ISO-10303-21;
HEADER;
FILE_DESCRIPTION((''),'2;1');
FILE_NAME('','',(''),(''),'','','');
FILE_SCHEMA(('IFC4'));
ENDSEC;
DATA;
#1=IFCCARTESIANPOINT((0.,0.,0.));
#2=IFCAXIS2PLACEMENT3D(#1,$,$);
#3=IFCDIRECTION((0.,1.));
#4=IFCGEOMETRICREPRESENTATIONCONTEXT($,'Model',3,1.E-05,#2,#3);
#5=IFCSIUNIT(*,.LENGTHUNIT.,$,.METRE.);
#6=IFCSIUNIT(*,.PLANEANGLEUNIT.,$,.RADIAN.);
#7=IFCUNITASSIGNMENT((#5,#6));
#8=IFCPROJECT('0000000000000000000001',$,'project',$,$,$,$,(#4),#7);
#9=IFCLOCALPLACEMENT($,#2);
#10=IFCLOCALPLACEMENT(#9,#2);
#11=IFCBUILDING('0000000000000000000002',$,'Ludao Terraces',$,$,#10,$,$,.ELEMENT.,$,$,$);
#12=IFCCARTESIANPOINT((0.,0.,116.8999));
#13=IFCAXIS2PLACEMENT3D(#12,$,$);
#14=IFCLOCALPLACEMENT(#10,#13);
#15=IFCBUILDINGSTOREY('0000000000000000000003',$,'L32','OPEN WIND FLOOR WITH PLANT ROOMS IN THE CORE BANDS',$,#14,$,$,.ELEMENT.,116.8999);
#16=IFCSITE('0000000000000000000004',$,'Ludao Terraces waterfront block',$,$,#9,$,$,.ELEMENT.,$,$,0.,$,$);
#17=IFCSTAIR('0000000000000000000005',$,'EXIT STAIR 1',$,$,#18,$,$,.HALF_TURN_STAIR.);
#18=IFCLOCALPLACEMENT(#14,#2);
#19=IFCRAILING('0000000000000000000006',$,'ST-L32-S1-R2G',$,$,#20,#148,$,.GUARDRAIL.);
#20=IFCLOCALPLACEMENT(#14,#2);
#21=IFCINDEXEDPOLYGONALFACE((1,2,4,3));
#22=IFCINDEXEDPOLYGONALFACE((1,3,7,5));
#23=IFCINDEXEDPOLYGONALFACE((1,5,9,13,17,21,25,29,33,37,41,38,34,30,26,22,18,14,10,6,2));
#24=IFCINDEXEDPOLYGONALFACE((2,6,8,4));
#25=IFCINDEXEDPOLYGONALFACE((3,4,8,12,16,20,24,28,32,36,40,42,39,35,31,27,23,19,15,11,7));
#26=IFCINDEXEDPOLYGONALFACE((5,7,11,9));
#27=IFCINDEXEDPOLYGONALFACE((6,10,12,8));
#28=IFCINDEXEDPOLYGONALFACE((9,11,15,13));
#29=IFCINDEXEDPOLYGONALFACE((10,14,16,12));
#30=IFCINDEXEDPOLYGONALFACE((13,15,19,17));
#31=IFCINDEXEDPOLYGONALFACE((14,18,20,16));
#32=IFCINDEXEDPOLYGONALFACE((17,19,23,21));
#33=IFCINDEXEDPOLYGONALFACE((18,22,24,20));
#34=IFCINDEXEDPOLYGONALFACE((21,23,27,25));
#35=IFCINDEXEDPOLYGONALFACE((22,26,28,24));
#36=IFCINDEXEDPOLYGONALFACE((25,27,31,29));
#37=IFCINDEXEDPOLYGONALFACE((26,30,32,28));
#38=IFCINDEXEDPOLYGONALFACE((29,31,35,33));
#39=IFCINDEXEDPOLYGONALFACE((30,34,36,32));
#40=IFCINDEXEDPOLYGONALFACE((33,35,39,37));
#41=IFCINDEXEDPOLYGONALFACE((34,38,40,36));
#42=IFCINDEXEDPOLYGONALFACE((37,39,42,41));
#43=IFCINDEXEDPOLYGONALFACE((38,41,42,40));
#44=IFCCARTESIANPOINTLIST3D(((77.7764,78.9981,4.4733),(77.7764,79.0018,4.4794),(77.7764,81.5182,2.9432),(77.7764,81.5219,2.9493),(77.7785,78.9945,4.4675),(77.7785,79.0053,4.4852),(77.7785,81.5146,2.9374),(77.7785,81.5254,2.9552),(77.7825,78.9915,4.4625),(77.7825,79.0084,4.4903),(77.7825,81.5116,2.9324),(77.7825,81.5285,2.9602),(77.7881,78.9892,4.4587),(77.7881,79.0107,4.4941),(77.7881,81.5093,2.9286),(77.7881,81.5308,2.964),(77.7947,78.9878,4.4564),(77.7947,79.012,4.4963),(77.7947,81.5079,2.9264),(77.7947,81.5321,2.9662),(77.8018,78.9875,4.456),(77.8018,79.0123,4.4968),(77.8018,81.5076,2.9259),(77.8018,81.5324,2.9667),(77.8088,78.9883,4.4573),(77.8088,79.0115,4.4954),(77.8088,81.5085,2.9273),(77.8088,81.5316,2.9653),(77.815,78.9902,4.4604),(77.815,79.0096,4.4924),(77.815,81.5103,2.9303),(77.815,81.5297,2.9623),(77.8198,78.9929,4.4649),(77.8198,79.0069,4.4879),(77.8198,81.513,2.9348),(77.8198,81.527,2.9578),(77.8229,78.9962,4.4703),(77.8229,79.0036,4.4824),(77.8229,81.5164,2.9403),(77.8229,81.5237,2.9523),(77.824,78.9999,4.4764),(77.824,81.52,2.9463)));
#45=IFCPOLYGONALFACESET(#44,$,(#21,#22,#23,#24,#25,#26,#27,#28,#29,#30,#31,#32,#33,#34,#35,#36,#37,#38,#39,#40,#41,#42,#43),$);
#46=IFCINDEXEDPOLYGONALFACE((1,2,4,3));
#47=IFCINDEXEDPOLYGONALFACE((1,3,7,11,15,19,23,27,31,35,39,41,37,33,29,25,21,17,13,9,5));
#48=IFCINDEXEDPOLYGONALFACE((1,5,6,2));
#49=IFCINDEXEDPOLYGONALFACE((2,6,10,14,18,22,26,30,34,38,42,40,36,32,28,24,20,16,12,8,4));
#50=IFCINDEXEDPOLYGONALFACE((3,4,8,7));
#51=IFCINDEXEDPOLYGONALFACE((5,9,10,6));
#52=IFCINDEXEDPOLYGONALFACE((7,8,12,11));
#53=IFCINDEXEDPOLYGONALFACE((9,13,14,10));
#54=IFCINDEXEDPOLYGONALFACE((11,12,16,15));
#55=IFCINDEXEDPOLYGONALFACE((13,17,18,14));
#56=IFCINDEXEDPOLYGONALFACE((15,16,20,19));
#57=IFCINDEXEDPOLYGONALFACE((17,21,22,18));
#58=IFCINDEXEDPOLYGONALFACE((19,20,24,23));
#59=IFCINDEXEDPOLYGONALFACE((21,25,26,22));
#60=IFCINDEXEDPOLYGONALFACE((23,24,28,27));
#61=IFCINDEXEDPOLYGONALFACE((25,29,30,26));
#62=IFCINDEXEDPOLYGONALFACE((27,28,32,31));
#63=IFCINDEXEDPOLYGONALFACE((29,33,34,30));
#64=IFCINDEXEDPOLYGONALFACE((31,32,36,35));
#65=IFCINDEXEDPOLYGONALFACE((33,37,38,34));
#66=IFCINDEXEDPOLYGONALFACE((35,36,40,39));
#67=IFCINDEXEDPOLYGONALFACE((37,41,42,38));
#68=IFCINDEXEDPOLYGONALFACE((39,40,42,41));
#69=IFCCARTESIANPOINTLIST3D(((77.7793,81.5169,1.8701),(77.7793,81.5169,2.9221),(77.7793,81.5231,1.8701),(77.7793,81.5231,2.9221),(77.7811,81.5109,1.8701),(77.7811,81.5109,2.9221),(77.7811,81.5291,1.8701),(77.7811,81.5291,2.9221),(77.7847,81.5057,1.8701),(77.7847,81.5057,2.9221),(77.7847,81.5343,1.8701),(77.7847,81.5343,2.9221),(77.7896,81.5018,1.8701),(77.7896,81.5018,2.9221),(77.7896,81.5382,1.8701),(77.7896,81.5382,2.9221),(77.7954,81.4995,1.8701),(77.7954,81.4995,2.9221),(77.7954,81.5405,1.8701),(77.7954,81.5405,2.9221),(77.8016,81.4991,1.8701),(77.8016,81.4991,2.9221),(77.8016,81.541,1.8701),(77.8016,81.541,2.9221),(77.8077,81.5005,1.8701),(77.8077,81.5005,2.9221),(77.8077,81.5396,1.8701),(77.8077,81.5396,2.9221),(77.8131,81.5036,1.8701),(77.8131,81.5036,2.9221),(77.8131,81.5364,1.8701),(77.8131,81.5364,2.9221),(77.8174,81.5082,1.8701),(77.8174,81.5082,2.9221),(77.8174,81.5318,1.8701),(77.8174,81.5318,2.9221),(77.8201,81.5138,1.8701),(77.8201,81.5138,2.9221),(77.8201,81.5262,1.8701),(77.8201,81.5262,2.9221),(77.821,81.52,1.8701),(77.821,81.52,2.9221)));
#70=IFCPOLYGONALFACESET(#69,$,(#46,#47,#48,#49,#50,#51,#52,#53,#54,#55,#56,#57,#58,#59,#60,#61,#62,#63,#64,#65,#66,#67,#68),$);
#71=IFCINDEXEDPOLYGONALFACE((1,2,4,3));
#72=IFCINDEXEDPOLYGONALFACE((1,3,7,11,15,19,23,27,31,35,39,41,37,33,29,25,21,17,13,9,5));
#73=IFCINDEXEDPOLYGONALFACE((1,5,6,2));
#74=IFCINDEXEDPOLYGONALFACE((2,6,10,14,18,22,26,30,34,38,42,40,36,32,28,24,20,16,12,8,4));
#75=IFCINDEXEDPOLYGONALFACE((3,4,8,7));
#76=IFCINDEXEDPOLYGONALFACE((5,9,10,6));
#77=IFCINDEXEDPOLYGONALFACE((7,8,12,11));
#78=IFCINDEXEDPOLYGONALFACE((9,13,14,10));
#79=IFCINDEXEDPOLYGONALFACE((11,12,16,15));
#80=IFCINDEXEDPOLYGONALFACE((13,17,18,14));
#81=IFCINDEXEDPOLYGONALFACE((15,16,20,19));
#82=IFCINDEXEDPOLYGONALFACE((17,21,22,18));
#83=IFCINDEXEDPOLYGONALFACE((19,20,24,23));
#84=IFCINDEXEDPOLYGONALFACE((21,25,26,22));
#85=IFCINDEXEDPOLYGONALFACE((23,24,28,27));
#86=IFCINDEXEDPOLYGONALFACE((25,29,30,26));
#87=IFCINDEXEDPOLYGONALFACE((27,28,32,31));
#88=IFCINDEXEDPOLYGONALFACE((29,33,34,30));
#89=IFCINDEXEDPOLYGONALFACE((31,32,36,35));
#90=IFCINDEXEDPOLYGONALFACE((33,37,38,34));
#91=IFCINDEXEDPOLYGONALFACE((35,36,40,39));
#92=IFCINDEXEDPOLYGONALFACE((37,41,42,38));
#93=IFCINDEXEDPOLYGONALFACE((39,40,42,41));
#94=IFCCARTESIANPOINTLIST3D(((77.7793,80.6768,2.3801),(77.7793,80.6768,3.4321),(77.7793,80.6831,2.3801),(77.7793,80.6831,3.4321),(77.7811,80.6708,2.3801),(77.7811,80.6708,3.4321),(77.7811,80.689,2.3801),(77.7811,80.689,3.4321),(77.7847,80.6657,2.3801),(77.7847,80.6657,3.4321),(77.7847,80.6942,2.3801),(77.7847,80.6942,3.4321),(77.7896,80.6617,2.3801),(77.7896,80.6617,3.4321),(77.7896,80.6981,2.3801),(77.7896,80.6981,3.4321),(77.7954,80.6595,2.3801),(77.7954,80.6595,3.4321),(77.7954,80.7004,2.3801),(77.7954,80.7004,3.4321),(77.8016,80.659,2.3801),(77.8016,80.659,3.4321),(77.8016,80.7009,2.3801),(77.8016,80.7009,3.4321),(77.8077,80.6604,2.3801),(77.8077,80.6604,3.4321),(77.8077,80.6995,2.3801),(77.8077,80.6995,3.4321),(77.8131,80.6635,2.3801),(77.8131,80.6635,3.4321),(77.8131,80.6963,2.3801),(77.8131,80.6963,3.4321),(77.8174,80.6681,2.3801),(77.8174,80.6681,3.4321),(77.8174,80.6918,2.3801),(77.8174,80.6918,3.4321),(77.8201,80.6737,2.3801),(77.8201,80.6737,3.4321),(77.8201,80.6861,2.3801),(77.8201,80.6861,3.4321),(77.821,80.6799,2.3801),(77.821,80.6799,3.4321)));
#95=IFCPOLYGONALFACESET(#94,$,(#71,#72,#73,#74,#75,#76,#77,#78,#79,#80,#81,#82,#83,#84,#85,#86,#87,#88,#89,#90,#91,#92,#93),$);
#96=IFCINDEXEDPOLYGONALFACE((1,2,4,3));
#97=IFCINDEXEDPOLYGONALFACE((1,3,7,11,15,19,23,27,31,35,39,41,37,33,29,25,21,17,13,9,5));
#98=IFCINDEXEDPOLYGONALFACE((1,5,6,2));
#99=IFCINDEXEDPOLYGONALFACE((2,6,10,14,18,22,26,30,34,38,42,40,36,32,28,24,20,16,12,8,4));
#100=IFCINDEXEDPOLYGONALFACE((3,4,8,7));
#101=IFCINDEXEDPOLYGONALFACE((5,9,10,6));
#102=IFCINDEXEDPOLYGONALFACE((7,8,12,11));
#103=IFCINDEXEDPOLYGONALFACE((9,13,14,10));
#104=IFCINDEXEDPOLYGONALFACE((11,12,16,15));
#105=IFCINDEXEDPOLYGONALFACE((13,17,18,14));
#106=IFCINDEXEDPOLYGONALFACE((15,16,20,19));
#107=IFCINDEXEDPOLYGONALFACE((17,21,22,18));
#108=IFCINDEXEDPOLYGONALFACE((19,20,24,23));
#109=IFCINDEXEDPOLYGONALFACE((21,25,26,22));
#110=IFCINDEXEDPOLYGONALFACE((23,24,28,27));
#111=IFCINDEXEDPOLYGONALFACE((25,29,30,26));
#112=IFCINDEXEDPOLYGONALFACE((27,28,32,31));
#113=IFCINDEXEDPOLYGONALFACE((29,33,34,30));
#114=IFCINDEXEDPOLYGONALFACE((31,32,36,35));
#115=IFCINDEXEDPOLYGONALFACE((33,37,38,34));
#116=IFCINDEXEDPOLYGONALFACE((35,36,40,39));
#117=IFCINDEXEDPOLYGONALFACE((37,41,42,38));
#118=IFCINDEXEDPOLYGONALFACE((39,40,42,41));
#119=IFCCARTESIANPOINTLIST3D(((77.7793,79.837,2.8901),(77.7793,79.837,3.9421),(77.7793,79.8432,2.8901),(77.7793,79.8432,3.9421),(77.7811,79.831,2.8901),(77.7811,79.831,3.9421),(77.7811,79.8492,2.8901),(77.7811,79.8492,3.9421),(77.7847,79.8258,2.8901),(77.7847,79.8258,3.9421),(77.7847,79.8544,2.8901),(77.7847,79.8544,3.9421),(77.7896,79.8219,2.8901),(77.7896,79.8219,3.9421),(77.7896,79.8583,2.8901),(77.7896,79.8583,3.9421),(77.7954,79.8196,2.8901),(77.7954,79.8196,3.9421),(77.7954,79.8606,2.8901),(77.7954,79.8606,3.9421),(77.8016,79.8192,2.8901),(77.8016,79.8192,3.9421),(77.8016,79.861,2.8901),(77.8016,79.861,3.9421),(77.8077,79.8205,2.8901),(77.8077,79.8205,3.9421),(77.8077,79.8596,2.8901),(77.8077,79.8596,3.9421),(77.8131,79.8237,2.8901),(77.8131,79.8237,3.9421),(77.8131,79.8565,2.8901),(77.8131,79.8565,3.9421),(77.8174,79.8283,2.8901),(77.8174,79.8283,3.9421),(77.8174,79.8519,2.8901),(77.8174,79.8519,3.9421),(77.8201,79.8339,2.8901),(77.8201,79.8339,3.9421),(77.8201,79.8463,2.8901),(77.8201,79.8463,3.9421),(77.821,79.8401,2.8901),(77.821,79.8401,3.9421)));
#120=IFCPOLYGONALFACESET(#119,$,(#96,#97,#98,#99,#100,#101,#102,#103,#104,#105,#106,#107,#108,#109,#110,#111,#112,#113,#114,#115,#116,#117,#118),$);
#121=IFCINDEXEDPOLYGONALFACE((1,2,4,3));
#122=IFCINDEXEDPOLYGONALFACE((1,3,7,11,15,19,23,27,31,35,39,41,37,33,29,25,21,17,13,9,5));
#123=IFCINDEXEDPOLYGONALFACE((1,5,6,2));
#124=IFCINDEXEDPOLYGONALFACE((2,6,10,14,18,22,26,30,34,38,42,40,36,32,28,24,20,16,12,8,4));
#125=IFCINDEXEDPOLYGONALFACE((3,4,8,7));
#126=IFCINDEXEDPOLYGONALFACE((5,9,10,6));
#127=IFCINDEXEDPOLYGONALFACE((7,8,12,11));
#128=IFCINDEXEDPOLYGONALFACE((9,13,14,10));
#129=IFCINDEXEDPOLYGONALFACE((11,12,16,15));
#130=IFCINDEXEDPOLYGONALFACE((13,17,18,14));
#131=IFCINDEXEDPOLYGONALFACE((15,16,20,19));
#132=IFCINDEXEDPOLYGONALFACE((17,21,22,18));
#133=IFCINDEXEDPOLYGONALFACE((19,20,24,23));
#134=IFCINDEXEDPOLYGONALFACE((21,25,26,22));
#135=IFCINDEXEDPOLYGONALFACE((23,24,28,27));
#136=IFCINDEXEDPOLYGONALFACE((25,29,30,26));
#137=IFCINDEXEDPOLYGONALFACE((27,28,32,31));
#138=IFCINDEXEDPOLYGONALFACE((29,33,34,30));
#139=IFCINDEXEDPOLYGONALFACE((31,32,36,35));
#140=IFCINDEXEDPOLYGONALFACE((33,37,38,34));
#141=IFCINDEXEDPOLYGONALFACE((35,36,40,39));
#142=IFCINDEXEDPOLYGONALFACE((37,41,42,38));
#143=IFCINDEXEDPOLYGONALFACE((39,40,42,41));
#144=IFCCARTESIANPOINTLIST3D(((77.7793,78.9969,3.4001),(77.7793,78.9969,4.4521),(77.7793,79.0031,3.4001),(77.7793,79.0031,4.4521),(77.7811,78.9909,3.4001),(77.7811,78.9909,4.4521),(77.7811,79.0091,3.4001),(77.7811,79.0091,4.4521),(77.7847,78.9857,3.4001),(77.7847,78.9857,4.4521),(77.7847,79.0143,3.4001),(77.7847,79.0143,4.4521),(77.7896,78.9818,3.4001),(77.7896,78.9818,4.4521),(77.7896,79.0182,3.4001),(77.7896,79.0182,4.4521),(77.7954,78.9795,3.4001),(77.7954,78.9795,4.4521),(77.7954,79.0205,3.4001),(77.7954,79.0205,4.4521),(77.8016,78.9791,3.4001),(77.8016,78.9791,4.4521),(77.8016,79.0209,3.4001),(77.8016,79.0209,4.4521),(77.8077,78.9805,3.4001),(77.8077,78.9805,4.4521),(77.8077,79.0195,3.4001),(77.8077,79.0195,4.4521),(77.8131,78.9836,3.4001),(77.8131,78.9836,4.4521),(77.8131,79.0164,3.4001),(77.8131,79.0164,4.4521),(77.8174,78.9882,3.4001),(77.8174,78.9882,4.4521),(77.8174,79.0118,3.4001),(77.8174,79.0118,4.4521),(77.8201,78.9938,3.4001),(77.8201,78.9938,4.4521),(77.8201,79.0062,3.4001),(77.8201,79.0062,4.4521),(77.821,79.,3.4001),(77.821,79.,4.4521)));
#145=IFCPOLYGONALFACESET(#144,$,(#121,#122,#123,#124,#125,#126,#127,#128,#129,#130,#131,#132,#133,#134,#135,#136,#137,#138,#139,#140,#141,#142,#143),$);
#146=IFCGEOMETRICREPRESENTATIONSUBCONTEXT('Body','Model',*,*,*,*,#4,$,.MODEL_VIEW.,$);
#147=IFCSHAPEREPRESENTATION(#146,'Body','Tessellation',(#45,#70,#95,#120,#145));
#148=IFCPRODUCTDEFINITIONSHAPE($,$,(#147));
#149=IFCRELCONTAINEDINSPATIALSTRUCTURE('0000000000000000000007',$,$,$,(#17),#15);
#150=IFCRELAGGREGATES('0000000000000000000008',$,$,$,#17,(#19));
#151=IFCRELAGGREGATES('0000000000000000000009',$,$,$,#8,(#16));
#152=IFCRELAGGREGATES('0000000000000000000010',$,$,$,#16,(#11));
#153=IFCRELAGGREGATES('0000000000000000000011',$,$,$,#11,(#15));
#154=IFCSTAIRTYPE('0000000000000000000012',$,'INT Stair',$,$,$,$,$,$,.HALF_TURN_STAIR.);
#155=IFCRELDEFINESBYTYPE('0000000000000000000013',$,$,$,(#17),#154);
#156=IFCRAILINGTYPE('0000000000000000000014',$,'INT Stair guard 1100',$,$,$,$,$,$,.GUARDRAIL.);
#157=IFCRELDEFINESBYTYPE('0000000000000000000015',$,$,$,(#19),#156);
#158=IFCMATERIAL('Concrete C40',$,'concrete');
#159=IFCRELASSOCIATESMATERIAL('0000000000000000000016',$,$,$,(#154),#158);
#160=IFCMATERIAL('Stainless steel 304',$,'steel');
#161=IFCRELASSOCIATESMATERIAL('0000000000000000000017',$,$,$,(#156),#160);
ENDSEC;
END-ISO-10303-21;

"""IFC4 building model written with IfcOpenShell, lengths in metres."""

from ifc_helpers import new_model, si_unit, direction, frame, origin, origin_2d, place, context, subcontext, project, spatial, circle, extrude, material, type_object, element, aggregate, save


model = new_model("IFC4")

# Units and contexts
model_context = context("Model", 3, precision=1e-05, world=origin(), true_north=direction((0.0, 1.0)))
body_context = subcontext(model_context, "Body", "Model", "MODEL_VIEW")
ifc_project = project(units=[si_unit("LENGTHUNIT", "METRE"), si_unit("PLANEANGLEUNIT", "RADIAN")], contexts=[model_context])

# Site, building, storey
site_placement = place(None, origin())
site = spatial("IfcSite", under=ifc_project, at=site_placement, Name="Ludao Terraces waterfront block", CompositionType="ELEMENT", RefElevation=0.0)
building_placement = place(site_placement, origin())
building = spatial("IfcBuilding", under=site, at=building_placement, Name="Ludao Terraces", CompositionType="ELEMENT")
storey_placement = place(building_placement, frame((0.0, 0.0, 116.8999)))
storey = spatial("IfcBuildingStorey", under=building, at=storey_placement, Name="L32", Description="OPEN WIND FLOOR WITH PLANT ROOMS IN THE CORE BANDS", CompositionType="ELEMENT", Elevation=116.8999)

# Shared definitions
ifc_material_1 = material(Name="Stainless steel 304", Category="steel")

# Stair, railing
ifc_material_2 = material(Name="Concrete C40", Category="concrete")
stair_type = type_object("IfcStairType", Name="INT Stair", PredefinedType="HALF_TURN_STAIR", material=ifc_material_2)
stair_placement = place(storey_placement, origin())
stair = element("IfcStair", 1, at=stair_placement, inside=storey, type_object=stair_type, Name="EXIT STAIR 1", PredefinedType="HALF_TURN_STAIR")
railing_type_1 = type_object("IfcRailingType", Name="INT Stair guard 1100", PredefinedType="GUARDRAIL", material=ifc_material_1)
railing_1_placement = place(storey_placement, frame((77.8, 81.52, 1.8701)))
railing_1 = element("IfcRailing", 2, at=railing_1_placement, type_object=railing_type_1, Name="ST-L32-S1-R2G", PredefinedType="GUARDRAIL", context=body_context, shape_type="SweptSolid", body=[
    extrude(circle(Radius=0.0239, at=origin_2d()), frame((0.0, 0.0, 1.0762), z_axis=(0.0, -0.854785, 0.518982), x_axis=(1.0, 0.0, 0.0)), (0.0, 0.0, 1.0), 2.9482),
    extrude(circle(Radius=0.021, at=origin_2d()), origin(), (0.0, 0.0, 1.0), 1.052),
    extrude(circle(Radius=0.021, at=origin_2d()), frame((0.0, -0.8401, 0.51)), (0.0, 0.0, 1.0), 1.052),
    extrude(circle(Radius=0.021, at=origin_2d()), frame((0.0, -1.6799, 1.02)), (0.0, 0.0, 1.0), 1.052),
    extrude(circle(Radius=0.021, at=origin_2d()), frame((0.0, -2.52, 1.53)), (0.0, 0.0, 1.0), 1.052),
])
aggregate(stair, [railing_1])

save(model, "model.ifc")
